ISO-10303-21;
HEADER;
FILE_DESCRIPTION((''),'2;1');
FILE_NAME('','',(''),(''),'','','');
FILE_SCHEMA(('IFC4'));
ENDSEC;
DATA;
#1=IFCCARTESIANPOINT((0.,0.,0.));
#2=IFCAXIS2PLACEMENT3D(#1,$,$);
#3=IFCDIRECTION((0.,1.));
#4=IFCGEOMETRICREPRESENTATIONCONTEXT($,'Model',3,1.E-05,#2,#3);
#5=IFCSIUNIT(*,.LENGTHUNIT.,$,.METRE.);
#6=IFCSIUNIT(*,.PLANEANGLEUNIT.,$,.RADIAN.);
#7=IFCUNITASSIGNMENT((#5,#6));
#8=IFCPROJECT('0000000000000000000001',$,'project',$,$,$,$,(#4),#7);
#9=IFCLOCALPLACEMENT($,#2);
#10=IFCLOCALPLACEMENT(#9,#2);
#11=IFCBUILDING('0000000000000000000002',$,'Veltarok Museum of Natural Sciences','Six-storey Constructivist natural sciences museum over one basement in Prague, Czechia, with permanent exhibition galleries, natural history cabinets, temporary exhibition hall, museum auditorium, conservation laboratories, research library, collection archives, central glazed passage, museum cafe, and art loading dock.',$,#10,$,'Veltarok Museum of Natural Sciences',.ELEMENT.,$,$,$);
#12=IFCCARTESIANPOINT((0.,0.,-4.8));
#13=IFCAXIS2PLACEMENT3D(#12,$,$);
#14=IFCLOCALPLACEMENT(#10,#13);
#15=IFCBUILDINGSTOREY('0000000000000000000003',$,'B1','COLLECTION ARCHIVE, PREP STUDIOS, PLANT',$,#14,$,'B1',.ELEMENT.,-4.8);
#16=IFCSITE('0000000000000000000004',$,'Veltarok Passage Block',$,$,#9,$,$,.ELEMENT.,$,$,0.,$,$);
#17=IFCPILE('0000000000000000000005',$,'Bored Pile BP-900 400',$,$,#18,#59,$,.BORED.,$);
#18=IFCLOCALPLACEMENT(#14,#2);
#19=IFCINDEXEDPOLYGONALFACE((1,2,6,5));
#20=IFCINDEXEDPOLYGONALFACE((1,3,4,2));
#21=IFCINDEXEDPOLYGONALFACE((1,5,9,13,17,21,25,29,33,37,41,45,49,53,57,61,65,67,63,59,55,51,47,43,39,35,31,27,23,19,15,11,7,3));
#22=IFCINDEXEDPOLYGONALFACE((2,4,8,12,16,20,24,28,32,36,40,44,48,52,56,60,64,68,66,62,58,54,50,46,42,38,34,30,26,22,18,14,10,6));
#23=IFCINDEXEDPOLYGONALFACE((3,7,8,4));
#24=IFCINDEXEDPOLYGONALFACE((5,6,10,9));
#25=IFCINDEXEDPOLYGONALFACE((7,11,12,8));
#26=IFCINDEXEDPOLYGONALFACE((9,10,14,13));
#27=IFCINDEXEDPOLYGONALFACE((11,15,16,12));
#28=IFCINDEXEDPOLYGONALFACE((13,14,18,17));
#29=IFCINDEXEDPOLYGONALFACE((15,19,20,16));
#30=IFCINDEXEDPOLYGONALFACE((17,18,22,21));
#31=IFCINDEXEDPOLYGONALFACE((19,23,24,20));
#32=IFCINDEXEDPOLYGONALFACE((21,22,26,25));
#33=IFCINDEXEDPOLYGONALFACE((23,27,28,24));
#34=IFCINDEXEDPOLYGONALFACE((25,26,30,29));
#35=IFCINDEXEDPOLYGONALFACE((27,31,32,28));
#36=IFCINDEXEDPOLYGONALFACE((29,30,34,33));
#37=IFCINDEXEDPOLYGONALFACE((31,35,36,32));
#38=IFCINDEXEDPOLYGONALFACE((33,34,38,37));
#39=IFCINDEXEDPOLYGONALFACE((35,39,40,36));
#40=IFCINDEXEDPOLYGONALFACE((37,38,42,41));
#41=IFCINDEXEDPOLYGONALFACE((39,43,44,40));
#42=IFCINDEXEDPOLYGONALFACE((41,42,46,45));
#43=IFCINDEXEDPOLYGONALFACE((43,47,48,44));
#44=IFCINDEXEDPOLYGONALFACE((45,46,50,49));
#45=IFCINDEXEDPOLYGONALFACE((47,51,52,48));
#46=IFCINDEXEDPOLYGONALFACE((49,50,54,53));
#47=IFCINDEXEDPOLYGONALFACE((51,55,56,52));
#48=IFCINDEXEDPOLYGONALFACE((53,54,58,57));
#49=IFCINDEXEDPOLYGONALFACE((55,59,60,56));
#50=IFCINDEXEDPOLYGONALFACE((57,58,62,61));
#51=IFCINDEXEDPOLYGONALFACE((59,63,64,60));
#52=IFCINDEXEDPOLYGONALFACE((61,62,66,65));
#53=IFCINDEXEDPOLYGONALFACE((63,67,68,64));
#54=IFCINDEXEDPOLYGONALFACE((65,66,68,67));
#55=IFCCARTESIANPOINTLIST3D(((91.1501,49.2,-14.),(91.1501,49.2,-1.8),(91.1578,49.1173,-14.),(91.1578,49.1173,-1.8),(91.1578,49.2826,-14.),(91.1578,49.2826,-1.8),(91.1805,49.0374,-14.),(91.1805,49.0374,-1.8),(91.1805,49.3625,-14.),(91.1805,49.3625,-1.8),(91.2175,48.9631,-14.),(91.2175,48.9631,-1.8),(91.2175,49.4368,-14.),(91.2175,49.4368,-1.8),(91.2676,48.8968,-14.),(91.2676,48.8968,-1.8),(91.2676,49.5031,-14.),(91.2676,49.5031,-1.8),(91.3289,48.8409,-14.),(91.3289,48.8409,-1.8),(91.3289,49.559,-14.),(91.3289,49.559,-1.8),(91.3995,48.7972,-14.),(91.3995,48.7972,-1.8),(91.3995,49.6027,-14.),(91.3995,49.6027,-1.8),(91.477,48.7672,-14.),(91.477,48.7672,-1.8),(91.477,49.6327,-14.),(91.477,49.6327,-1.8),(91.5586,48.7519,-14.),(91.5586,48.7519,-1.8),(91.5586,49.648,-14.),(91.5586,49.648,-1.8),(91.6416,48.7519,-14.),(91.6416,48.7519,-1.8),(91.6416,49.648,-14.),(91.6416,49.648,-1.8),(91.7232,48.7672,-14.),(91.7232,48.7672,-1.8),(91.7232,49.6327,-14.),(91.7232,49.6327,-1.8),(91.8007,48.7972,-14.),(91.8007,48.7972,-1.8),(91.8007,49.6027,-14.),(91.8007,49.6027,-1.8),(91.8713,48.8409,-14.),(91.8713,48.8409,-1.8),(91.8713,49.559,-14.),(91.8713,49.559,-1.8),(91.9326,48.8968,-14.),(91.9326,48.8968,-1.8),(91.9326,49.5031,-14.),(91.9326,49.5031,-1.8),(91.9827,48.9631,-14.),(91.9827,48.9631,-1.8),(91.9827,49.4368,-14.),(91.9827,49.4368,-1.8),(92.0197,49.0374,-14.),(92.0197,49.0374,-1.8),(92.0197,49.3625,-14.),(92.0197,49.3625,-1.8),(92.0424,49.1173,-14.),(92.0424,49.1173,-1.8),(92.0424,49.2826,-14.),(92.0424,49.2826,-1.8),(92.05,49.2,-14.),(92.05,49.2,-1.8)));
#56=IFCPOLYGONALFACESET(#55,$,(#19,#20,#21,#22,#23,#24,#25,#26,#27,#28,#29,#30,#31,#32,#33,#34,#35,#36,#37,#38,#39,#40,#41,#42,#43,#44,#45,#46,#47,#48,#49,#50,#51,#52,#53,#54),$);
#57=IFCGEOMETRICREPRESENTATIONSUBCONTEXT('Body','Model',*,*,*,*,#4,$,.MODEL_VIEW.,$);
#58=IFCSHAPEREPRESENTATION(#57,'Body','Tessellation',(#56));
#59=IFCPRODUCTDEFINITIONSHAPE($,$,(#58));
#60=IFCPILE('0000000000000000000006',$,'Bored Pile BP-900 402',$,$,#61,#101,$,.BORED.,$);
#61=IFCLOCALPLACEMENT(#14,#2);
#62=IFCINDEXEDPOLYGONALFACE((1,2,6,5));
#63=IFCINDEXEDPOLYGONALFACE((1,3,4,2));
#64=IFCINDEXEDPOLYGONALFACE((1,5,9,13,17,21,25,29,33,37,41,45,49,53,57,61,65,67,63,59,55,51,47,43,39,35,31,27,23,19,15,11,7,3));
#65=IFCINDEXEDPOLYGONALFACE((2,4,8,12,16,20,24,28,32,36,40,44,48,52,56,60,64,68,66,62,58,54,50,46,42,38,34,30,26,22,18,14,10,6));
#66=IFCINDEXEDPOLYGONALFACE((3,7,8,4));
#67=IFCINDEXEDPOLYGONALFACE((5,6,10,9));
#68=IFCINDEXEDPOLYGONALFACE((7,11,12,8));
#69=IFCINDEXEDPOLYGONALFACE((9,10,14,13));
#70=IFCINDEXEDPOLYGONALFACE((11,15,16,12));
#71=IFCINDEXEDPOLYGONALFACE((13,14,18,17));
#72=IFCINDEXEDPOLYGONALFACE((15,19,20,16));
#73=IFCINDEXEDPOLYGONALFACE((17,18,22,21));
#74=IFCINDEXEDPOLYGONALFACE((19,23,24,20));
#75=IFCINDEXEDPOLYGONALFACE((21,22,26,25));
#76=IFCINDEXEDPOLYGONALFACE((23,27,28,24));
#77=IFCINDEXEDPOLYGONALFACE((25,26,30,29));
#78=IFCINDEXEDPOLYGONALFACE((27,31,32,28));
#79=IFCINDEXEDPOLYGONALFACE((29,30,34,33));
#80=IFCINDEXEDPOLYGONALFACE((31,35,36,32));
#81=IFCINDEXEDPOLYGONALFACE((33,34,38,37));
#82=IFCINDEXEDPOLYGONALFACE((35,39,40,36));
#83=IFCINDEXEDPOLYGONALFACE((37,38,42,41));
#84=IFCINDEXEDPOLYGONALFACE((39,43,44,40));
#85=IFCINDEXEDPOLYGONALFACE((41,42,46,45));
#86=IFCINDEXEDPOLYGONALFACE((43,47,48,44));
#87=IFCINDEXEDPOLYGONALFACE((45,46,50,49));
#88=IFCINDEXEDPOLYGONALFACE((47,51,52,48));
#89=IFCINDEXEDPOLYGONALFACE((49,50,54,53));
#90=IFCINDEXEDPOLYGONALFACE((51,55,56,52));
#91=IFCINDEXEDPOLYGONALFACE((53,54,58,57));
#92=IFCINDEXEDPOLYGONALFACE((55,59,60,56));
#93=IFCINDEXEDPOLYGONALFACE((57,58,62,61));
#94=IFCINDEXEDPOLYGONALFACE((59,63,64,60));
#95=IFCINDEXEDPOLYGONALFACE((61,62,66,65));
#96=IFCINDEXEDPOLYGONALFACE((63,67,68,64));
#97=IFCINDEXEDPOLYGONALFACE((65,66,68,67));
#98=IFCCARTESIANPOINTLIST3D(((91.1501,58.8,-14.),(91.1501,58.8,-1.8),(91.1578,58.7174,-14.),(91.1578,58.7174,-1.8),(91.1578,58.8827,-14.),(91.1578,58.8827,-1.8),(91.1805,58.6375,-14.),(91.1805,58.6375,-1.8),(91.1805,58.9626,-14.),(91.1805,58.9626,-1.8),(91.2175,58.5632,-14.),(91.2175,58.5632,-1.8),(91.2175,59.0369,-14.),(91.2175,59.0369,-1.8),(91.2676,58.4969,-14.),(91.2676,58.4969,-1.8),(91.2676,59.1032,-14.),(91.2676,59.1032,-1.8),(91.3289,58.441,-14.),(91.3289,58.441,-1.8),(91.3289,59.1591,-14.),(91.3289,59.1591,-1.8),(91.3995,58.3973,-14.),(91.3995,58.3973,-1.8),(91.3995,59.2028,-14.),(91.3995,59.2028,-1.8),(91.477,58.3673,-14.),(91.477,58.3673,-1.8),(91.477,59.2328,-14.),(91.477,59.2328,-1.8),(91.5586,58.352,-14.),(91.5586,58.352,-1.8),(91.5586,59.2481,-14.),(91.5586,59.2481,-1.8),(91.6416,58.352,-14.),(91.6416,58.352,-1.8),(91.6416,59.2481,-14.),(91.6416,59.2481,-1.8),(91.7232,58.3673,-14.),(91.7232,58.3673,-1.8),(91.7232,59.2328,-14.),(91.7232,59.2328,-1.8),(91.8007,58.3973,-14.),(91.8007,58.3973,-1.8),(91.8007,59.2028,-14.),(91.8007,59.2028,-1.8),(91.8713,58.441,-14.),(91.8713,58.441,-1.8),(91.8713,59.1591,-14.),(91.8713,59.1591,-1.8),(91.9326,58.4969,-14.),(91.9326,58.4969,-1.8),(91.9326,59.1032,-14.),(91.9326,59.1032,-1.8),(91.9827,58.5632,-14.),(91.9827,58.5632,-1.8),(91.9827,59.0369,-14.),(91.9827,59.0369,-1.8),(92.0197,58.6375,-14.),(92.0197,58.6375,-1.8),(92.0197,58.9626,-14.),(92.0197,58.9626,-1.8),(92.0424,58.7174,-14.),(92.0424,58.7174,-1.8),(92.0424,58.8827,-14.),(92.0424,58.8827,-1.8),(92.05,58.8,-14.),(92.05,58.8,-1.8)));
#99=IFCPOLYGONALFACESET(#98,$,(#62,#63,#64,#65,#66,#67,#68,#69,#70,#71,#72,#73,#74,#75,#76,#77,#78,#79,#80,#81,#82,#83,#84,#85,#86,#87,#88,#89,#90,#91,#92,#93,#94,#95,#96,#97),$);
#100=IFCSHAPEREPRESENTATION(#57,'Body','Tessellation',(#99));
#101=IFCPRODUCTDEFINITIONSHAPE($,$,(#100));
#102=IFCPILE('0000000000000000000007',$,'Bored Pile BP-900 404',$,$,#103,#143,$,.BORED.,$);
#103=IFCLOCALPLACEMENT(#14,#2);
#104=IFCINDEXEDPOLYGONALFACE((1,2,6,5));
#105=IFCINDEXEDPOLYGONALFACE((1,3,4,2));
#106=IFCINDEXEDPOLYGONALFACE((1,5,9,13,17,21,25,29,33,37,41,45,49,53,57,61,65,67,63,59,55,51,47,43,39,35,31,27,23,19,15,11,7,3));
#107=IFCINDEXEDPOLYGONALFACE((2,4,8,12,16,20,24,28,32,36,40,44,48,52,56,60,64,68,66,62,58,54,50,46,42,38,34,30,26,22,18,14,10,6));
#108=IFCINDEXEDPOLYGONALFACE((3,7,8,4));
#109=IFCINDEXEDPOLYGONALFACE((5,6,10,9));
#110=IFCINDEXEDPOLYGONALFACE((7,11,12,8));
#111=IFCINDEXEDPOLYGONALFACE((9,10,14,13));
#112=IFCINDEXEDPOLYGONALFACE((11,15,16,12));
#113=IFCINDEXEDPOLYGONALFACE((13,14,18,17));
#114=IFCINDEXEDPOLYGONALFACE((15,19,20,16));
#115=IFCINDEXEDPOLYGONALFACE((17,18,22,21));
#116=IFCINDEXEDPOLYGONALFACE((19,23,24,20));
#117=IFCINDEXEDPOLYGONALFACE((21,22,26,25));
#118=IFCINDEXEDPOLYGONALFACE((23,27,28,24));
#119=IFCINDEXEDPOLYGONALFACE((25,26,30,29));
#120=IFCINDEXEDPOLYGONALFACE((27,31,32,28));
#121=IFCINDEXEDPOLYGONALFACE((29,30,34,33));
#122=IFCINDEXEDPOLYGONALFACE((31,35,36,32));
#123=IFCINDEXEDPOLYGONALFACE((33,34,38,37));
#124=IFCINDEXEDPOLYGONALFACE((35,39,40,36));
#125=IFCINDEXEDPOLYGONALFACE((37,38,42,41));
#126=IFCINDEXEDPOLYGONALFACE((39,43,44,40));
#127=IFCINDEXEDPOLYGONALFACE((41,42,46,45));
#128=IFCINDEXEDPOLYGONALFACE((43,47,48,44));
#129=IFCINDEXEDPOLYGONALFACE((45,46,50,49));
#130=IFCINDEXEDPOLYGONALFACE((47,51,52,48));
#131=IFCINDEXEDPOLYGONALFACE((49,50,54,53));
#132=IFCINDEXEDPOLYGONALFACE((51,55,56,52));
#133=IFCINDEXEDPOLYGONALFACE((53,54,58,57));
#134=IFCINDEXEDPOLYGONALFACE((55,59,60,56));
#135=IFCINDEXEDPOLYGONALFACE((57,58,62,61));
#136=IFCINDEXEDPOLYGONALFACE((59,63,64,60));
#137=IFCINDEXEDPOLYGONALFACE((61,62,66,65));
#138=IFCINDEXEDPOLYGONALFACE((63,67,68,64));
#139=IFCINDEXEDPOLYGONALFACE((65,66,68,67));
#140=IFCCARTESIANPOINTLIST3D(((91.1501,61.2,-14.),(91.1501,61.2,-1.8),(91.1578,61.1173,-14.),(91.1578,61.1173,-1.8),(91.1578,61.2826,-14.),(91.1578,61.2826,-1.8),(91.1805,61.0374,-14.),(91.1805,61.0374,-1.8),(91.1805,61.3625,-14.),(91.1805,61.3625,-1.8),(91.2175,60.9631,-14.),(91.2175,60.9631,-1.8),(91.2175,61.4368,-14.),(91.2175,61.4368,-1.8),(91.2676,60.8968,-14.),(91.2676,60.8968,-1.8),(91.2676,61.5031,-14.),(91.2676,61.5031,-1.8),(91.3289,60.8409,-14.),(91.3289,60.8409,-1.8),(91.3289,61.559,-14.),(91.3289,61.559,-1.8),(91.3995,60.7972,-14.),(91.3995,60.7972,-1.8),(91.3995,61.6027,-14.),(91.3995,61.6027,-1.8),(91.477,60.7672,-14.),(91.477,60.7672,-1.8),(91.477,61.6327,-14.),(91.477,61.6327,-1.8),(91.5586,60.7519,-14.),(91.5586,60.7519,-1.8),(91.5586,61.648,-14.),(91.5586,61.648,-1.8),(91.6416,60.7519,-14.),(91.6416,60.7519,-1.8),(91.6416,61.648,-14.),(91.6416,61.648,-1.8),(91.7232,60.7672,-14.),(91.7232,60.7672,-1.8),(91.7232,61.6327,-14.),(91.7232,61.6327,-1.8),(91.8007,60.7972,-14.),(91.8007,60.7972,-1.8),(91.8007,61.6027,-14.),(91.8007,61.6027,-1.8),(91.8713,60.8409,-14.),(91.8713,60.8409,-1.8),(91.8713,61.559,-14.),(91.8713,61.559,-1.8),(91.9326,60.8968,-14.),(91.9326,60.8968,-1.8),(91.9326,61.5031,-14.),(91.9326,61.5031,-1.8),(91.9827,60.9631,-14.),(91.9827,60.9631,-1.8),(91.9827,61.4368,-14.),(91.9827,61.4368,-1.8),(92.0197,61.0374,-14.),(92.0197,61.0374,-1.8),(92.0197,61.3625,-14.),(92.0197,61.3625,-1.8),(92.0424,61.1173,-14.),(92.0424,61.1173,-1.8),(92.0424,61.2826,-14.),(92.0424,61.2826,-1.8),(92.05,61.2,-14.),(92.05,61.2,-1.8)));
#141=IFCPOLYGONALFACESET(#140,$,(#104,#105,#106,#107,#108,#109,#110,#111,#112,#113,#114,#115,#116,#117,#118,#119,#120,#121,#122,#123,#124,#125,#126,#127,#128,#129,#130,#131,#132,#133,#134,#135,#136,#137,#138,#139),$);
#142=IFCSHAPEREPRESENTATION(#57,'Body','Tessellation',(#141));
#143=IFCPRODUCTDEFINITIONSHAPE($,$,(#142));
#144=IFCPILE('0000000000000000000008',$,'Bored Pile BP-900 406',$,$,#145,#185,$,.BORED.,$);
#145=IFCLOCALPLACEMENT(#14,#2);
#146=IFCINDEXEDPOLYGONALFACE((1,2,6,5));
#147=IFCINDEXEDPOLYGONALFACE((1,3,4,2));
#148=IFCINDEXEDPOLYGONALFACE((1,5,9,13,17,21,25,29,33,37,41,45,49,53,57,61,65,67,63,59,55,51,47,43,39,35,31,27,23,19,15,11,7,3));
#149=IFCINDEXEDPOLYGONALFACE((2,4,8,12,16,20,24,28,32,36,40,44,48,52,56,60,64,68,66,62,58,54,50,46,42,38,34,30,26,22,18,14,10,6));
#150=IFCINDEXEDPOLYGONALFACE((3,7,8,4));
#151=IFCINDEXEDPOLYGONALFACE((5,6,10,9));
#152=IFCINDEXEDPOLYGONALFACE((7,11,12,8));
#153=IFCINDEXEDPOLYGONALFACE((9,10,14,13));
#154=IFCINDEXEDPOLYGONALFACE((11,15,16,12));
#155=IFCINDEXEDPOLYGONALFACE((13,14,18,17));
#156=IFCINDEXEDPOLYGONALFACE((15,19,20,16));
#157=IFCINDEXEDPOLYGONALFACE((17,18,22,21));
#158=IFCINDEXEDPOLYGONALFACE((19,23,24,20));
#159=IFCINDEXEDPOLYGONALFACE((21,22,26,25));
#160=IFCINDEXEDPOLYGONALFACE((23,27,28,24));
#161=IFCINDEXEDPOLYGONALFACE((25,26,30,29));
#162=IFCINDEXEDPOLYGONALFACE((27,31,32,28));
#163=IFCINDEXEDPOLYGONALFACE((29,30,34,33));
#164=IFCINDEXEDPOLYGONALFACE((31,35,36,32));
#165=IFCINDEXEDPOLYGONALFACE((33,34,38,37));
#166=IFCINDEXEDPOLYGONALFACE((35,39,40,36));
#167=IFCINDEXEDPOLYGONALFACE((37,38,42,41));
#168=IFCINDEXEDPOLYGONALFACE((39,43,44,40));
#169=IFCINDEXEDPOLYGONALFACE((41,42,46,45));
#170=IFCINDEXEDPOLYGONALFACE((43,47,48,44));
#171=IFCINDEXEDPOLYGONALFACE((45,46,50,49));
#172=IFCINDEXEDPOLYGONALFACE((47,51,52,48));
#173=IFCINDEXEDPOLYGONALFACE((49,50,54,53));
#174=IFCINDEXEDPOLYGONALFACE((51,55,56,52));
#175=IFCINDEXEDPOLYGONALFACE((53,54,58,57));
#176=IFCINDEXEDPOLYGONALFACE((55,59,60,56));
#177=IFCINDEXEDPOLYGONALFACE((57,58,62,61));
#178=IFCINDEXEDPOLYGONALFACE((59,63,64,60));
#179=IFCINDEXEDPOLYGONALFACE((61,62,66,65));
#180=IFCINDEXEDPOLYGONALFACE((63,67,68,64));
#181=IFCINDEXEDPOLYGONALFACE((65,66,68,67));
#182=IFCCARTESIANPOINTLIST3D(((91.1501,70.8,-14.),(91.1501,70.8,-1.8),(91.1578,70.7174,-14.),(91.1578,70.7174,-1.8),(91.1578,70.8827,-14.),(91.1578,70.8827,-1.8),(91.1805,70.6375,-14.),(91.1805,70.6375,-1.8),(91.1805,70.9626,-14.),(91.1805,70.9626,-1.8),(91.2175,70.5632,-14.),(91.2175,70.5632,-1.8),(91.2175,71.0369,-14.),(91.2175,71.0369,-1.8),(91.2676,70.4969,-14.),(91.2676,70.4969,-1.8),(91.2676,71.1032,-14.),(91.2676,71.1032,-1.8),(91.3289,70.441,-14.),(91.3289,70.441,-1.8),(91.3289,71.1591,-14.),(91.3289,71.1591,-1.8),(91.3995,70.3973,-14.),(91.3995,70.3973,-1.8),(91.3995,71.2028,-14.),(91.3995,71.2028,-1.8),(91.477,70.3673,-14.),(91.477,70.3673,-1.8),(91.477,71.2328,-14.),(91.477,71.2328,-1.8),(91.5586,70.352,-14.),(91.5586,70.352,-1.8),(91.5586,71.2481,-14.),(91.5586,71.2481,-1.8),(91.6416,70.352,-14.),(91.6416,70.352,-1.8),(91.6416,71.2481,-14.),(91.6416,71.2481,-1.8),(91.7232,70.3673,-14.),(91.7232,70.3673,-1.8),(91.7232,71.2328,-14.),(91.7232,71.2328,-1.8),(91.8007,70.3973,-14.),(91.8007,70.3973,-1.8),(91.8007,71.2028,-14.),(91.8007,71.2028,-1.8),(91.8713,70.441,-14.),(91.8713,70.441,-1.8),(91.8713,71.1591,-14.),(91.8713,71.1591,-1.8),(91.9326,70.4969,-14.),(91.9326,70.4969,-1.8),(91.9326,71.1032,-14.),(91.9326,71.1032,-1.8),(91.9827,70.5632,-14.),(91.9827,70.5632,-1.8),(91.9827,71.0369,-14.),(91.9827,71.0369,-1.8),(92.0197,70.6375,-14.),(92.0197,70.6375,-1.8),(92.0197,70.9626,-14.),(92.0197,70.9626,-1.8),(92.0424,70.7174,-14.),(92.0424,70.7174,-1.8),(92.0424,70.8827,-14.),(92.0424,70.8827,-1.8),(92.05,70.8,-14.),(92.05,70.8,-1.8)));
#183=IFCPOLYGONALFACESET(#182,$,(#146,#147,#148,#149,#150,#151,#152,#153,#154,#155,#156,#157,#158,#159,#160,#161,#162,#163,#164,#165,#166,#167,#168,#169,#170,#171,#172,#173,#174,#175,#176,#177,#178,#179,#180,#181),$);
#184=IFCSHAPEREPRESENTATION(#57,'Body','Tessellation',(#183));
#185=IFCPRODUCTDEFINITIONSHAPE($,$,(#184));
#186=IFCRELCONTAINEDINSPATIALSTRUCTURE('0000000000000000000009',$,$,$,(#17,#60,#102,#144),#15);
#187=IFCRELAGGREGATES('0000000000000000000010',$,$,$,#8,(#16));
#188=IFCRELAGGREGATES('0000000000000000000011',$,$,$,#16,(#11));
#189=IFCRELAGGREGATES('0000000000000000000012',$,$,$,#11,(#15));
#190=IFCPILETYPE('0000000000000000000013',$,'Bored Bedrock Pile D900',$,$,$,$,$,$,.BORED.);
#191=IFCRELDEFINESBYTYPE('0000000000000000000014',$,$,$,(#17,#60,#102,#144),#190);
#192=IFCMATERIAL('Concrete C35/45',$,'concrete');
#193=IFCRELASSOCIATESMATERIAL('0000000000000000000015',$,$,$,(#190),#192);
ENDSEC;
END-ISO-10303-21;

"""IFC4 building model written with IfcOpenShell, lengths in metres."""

from ifc_helpers import new_model, si_unit, direction, frame, origin, origin_2d, place, context, subcontext, project, spatial, circle, extrude, material, material_profile, profile_set, type_object, element, save


model = new_model("IFC4")

# Units and contexts
model_context = context("Model", 3, precision=1e-05, world=origin(), true_north=direction((0.0, 1.0)))
body_context = subcontext(model_context, "Body", "Model", "MODEL_VIEW")
ifc_project = project(units=[si_unit("LENGTHUNIT", "METRE"), si_unit("PLANEANGLEUNIT", "RADIAN")], contexts=[model_context])

# Site, building, storey
site_placement = place(None, origin())
site = spatial("IfcSite", under=ifc_project, at=site_placement, Name="Veltarok Passage Block", CompositionType="ELEMENT", RefElevation=0.0)
building_placement = place(site_placement, origin())
building = spatial("IfcBuilding", under=site, at=building_placement, Name="Veltarok Museum of Natural Sciences", Description="Six-storey Constructivist natural sciences museum over one basement in Prague, Czechia, with permanent exhibition galleries, natural history cabinets, temporary exhibition hall, museum auditorium, conservation laboratories, research library, collection archives, central glazed passage, museum cafe, and art loading dock.", LongName="Veltarok Museum of Natural Sciences", CompositionType="ELEMENT")
storey_placement = place(building_placement, frame((0.0, 0.0, -4.8)))
storey = spatial("IfcBuildingStorey", under=building, at=storey_placement, Name="B1", Description="COLLECTION ARCHIVE, PREP STUDIOS, PLANT", LongName="B1", CompositionType="ELEMENT", Elevation=-4.8)

# Piles
ifc_material_1 = material(Name="Concrete C35/45", Category="concrete")
ifc_material_profile_1 = material_profile(ifc_material_1, circle(Radius=0.45, at=origin_2d()), Name="BP D900")
ifc_profile_set_1 = profile_set([ifc_material_profile_1], Name="Concrete C35/45")
pile_type = type_object("IfcPileType", Name="Bored Bedrock Pile D900", PredefinedType="BORED", material=ifc_profile_set_1)
for number, where, z_axis, x_axis, name in (
    (1, (91.6001, 49.2, -1.8), (0.0, 0.0, -1.0), (1.0, 0.0, 0.0), "Bored Pile BP-900 400"),
    (2, (91.6001, 58.8, -1.8), (0.0, 0.0, -1.0), (1.0, 0.0, 0.0), "Bored Pile BP-900 402"),
    (3, (91.6001, 61.2, -1.8), (0.0, 0.0, -1.0), (1.0, 0.0, 0.0), "Bored Pile BP-900 404"),
    (4, (91.6001, 70.8, -1.8), (0.0, 0.0, -1.0), (1.0, 0.0, 0.0), "Bored Pile BP-900 406"),
):
    element("IfcPile", number, at=place(storey_placement, frame(where, z_axis=z_axis, x_axis=x_axis)), inside=storey, type_object=pile_type, Name=name, PredefinedType="BORED", context=body_context, shape_type="SweptSolid", body=[
        extrude(circle(Radius=0.45, at=origin_2d()), origin(), (0.0, 0.0, 1.0), 12.2),
    ])

save(model, "model.ifc")
